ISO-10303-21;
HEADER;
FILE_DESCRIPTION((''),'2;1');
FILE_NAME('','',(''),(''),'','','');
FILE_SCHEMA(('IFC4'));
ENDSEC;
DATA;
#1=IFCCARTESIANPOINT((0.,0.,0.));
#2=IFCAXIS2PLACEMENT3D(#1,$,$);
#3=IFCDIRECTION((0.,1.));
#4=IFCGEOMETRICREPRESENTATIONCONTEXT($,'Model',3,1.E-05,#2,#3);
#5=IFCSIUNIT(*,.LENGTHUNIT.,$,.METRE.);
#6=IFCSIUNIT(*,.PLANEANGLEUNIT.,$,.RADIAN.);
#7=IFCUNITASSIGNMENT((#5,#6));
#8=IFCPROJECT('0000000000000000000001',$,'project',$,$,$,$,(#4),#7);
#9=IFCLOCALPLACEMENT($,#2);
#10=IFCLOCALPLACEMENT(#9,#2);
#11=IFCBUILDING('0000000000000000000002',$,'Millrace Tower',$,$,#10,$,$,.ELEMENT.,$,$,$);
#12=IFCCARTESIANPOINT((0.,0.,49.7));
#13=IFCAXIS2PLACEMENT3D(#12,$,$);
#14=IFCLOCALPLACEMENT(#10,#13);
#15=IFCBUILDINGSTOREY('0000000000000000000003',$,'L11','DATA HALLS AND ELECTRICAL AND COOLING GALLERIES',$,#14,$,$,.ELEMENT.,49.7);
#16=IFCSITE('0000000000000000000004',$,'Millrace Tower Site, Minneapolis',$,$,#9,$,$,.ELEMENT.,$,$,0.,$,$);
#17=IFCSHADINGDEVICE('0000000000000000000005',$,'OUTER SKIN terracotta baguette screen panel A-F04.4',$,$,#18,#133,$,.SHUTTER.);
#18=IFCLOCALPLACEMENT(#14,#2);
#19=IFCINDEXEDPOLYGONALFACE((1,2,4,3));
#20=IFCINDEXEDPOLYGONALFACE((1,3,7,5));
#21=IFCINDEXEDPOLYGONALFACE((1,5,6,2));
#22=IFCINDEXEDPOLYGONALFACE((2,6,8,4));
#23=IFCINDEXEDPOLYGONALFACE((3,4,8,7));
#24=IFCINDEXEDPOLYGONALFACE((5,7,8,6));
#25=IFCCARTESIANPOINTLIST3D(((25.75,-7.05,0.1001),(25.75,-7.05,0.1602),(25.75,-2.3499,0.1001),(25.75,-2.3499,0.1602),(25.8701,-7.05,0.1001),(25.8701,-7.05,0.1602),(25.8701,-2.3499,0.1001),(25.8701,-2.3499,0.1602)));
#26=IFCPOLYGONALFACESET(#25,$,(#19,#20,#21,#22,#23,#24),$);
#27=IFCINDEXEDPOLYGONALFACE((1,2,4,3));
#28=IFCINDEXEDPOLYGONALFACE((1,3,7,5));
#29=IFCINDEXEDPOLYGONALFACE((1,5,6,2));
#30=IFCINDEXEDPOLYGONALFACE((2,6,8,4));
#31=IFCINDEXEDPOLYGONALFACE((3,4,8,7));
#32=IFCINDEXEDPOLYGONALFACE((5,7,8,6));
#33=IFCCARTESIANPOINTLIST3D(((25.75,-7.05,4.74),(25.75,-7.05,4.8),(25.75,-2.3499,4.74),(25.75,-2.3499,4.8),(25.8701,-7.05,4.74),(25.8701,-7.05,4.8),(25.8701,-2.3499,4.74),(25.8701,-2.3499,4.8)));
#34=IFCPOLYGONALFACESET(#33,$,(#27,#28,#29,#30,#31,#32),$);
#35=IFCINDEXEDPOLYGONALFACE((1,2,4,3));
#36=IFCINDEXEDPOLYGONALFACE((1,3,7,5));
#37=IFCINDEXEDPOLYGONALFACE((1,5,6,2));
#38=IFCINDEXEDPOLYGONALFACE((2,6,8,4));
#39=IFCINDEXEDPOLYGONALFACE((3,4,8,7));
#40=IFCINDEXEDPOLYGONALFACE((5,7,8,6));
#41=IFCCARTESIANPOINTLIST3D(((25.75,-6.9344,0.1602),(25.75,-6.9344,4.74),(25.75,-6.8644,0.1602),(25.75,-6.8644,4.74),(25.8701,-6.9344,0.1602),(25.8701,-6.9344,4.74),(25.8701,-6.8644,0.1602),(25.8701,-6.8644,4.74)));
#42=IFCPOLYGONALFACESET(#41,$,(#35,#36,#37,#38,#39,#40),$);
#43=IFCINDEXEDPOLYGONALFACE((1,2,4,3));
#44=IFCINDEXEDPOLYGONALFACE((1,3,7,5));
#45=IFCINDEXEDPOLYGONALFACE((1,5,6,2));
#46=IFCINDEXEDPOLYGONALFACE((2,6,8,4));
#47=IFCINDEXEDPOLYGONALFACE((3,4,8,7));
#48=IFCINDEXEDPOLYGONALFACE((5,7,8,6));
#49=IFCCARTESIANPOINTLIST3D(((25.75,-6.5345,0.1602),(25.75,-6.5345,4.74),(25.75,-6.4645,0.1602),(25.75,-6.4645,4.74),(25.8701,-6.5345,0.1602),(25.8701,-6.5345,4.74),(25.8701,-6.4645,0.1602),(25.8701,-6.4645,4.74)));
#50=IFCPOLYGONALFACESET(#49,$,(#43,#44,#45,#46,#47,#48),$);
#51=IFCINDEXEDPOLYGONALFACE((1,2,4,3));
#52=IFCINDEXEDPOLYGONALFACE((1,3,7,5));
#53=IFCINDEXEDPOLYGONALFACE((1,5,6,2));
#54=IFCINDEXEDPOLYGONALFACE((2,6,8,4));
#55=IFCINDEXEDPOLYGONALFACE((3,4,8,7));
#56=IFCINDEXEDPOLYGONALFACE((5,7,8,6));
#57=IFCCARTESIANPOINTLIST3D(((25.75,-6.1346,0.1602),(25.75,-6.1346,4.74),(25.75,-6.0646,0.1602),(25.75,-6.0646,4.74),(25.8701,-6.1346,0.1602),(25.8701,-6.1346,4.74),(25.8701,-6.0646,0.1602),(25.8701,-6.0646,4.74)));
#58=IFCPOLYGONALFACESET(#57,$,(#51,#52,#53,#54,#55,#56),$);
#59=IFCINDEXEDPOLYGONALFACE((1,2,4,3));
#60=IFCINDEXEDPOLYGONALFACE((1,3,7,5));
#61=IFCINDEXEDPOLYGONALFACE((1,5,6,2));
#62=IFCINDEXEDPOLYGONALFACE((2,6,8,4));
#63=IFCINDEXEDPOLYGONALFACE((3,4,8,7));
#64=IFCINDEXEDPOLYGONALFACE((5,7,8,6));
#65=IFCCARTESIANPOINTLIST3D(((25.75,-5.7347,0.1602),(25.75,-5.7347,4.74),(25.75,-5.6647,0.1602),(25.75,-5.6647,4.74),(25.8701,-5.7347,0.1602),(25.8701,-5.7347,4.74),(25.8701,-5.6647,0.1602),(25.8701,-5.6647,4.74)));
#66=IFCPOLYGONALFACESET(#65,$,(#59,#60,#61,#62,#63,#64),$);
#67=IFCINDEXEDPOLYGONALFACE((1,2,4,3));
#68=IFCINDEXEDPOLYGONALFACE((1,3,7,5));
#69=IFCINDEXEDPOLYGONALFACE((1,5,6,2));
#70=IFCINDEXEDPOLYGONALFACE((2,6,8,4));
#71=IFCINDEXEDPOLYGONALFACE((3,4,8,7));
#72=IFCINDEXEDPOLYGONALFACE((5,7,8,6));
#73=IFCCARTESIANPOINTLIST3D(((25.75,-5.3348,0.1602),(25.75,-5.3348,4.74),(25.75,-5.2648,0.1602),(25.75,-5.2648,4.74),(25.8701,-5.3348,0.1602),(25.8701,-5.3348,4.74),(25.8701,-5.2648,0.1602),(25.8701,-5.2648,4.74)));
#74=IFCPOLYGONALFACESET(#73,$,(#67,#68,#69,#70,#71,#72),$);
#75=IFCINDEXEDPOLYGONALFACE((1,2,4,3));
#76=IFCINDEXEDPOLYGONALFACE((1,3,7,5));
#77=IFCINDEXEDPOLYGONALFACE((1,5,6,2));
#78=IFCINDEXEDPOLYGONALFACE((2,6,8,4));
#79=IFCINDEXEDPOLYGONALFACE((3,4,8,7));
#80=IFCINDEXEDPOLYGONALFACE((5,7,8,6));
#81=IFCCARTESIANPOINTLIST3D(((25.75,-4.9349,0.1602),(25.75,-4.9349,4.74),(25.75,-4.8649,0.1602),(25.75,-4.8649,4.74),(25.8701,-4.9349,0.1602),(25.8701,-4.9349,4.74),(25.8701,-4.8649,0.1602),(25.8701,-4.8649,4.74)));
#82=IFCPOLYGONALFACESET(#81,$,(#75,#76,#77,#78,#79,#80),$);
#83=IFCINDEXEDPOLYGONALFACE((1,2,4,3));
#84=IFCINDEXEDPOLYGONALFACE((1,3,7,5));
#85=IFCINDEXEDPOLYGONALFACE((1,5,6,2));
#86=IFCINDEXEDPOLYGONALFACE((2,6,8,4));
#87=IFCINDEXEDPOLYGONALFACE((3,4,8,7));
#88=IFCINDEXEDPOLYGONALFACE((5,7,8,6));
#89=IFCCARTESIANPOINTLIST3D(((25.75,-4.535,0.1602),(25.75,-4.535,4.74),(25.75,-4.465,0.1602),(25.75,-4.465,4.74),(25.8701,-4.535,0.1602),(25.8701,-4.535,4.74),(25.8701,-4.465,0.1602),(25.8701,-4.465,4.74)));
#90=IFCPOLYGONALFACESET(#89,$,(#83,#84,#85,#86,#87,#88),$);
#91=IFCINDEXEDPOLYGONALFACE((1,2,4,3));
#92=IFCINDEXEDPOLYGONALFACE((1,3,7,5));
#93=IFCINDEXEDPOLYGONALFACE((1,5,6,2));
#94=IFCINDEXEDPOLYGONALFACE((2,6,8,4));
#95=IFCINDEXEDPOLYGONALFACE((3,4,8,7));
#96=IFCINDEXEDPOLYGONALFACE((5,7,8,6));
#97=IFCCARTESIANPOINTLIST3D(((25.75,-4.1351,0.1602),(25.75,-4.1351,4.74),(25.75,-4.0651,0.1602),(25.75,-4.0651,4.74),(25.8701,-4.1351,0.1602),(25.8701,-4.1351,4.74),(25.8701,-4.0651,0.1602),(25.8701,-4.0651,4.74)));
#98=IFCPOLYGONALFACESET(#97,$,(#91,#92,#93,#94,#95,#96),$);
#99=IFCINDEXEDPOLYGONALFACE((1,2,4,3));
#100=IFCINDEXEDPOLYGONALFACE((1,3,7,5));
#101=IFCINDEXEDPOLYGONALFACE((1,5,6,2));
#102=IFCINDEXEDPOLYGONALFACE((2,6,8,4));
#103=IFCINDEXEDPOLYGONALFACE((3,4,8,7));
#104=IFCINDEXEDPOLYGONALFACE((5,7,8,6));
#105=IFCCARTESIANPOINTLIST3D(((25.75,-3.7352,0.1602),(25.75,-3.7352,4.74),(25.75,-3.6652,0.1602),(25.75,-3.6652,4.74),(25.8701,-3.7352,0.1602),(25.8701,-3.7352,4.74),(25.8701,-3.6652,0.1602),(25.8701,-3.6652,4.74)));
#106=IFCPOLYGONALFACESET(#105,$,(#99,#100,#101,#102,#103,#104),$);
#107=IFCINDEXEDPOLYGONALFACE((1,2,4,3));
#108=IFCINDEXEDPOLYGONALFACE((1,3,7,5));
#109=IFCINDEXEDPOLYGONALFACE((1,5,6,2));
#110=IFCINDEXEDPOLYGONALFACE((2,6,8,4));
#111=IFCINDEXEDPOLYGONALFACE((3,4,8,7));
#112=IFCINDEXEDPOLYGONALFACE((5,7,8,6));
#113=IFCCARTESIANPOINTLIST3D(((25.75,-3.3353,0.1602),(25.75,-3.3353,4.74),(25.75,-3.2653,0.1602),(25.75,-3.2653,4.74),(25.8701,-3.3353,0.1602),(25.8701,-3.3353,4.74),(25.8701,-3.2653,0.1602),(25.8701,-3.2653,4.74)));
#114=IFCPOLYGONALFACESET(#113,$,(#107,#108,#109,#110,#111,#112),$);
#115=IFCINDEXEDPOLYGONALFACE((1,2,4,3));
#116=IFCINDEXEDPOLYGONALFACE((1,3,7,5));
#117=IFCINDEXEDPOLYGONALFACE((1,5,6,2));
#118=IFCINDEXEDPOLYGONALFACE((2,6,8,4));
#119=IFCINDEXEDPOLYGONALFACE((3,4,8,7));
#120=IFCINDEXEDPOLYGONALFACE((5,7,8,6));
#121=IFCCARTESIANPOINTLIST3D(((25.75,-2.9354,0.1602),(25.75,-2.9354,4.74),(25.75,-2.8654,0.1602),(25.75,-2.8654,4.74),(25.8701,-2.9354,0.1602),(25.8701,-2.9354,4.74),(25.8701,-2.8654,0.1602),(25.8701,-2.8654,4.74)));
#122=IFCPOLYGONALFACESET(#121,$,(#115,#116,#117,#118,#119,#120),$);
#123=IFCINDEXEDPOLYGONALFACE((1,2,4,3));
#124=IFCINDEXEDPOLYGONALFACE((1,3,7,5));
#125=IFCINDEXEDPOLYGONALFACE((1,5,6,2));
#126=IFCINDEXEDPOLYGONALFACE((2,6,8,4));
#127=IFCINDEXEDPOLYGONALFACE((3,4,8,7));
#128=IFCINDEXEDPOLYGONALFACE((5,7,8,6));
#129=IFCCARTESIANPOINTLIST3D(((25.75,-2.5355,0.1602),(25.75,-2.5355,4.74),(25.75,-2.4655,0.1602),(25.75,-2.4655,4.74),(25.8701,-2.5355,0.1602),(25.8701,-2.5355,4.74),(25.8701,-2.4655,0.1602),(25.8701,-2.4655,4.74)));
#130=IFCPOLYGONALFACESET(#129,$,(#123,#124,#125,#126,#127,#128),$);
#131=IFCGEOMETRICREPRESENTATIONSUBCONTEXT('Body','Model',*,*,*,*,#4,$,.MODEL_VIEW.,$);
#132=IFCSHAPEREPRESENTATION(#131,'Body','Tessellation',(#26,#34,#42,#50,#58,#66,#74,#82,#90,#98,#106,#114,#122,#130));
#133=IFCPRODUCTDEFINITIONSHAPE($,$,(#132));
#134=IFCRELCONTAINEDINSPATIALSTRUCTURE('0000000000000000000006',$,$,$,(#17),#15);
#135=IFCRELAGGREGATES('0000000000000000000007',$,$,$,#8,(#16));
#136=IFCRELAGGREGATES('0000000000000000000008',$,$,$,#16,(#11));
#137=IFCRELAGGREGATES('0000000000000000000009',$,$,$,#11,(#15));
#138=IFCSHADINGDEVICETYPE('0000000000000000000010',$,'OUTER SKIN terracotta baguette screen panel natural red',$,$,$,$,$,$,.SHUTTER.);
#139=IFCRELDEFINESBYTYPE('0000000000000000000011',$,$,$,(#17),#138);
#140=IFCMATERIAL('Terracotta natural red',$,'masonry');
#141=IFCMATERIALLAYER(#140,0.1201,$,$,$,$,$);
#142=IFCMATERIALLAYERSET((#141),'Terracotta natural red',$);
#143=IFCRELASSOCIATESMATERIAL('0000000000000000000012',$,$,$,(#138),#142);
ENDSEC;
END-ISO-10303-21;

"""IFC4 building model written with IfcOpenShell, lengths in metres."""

from ifc_helpers import new_model, entity, si_unit, direction, frame, frame_2d, origin, place, context, subcontext, project, spatial, rectangle, extrude, source, transform, mapped, material, layer, layer_set, type_object, element, save


model = new_model("IFC4")

# Units and contexts
model_context = context("Model", 3, precision=1e-05, world=origin(), true_north=direction((0.0, 1.0)))
body_context = subcontext(model_context, "Body", "Model", "MODEL_VIEW")
ifc_project = project(units=[si_unit("LENGTHUNIT", "METRE"), si_unit("PLANEANGLEUNIT", "RADIAN")], contexts=[model_context])

# Site, building, storey
site_placement = place(None, origin())
site = spatial("IfcSite", under=ifc_project, at=site_placement, Name="Millrace Tower Site, Minneapolis", CompositionType="ELEMENT", RefElevation=0.0)
building_placement = place(site_placement, origin())
building = spatial("IfcBuilding", under=site, at=building_placement, Name="Millrace Tower", CompositionType="ELEMENT")
storey_placement = place(building_placement, frame((0.0, 0.0, 49.7)))
storey = spatial("IfcBuildingStorey", under=building, at=storey_placement, Name="L11", Description="DATA HALLS AND ELECTRICAL AND COOLING GALLERIES", CompositionType="ELEMENT", Elevation=49.7)

# Shading device
cartesian_point = entity("IfcCartesianPoint", [-2.3501, 0.0601])
shared_polyline = entity("IfcPolyline", [cartesian_point, entity("IfcCartesianPoint", [2.3501, 0.0601]), entity("IfcCartesianPoint", [2.3501, -0.0601]), entity("IfcCartesianPoint", [-2.3501, -0.0601]), cartesian_point])
ifc_material_1 = material(Name="Terracotta natural red", Category="masonry")
ifc_layer_1 = layer(ifc_material_1, 0.1201)
ifc_layer_set_1 = layer_set([ifc_layer_1], Name="Terracotta natural red")
shading_device_type_1 = type_object("IfcShadingDeviceType", Name="OUTER SKIN terracotta baguette screen panel natural red", PredefinedType="SHUTTER", material=ifc_layer_set_1)
shared_shape_1 = source(origin(), body_context, "Body", "SweptSolid", [
    entity("IfcExtrudedAreaSolid", entity("IfcArbitraryClosedProfileDef", "AREA", None, shared_polyline), entity("IfcAxis2Placement3D", entity("IfcCartesianPoint", [0.0, 0.0, 0.0])), entity("IfcDirection", [0.0, 0.0, 1.0]), 0.0601),
    entity("IfcExtrudedAreaSolid", entity("IfcArbitraryClosedProfileDef", "AREA", None, shared_polyline), entity("IfcAxis2Placement3D", entity("IfcCartesianPoint", [0.0, 0.0, 4.6399])), entity("IfcDirection", [0.0, 0.0, 1.0]), 0.0601),
    extrude(rectangle(XDim=0.0701, YDim=0.1201, at=frame_2d((-2.1995, 0.0))), frame((0.0, 0.0, 0.0601)), (0.0, 0.0, 1.0), 4.5798),
    extrude(rectangle(XDim=0.0701, YDim=0.1201, at=frame_2d((-1.7996, 0.0))), frame((0.0, 0.0, 0.0601)), (0.0, 0.0, 1.0), 4.5798),
    extrude(rectangle(XDim=0.0701, YDim=0.1201, at=frame_2d((-1.3997, 0.0))), frame((0.0, 0.0, 0.0601)), (0.0, 0.0, 1.0), 4.5798),
    extrude(rectangle(XDim=0.0701, YDim=0.1201, at=frame_2d((-0.9998, 0.0))), frame((0.0, 0.0, 0.0601)), (0.0, 0.0, 1.0), 4.5798),
    extrude(rectangle(XDim=0.0701, YDim=0.1201, at=frame_2d((-0.5999, 0.0))), frame((0.0, 0.0, 0.0601)), (0.0, 0.0, 1.0), 4.5798),
    extrude(rectangle(XDim=0.0701, YDim=0.1201, at=frame_2d((-0.2, 0.0))), frame((0.0, 0.0, 0.0601)), (0.0, 0.0, 1.0), 4.5798),
    extrude(rectangle(XDim=0.0701, YDim=0.1201, at=frame_2d((0.2, 0.0))), frame((0.0, 0.0, 0.0601)), (0.0, 0.0, 1.0), 4.5798),
    extrude(rectangle(XDim=0.0701, YDim=0.1201, at=frame_2d((0.5999, 0.0))), frame((0.0, 0.0, 0.0601)), (0.0, 0.0, 1.0), 4.5798),
    extrude(rectangle(XDim=0.0701, YDim=0.1201, at=frame_2d((0.9998, 0.0))), frame((0.0, 0.0, 0.0601)), (0.0, 0.0, 1.0), 4.5798),
    extrude(rectangle(XDim=0.0701, YDim=0.1201, at=frame_2d((1.3997, 0.0))), frame((0.0, 0.0, 0.0601)), (0.0, 0.0, 1.0), 4.5798),
    extrude(rectangle(XDim=0.0701, YDim=0.1201, at=frame_2d((1.7996, 0.0))), frame((0.0, 0.0, 0.0601)), (0.0, 0.0, 1.0), 4.5798),
    extrude(rectangle(XDim=0.0701, YDim=0.1201, at=frame_2d((2.1995, 0.0))), frame((0.0, 0.0, 0.0601)), (0.0, 0.0, 1.0), 4.5798),
])
for number, where, z_axis, x_axis, name in (
    (1, (25.8101, -4.7, 0.1001), (0.0, 0.0, 1.0), (0.0, 1.0, 0.0), "OUTER SKIN terracotta baguette screen panel A-F04.4"),
):
    element("IfcShadingDevice", number, at=place(storey_placement, frame(where, z_axis=z_axis, x_axis=x_axis)), inside=storey, type_object=shading_device_type_1, Name=name, PredefinedType="SHUTTER", context=body_context, shape_type="MappedRepresentation", body=[
        mapped(shared_shape_1, transform((0.0, 0.0, 0.0), scale=1.0)),
    ])

save(model, "model.ifc")
